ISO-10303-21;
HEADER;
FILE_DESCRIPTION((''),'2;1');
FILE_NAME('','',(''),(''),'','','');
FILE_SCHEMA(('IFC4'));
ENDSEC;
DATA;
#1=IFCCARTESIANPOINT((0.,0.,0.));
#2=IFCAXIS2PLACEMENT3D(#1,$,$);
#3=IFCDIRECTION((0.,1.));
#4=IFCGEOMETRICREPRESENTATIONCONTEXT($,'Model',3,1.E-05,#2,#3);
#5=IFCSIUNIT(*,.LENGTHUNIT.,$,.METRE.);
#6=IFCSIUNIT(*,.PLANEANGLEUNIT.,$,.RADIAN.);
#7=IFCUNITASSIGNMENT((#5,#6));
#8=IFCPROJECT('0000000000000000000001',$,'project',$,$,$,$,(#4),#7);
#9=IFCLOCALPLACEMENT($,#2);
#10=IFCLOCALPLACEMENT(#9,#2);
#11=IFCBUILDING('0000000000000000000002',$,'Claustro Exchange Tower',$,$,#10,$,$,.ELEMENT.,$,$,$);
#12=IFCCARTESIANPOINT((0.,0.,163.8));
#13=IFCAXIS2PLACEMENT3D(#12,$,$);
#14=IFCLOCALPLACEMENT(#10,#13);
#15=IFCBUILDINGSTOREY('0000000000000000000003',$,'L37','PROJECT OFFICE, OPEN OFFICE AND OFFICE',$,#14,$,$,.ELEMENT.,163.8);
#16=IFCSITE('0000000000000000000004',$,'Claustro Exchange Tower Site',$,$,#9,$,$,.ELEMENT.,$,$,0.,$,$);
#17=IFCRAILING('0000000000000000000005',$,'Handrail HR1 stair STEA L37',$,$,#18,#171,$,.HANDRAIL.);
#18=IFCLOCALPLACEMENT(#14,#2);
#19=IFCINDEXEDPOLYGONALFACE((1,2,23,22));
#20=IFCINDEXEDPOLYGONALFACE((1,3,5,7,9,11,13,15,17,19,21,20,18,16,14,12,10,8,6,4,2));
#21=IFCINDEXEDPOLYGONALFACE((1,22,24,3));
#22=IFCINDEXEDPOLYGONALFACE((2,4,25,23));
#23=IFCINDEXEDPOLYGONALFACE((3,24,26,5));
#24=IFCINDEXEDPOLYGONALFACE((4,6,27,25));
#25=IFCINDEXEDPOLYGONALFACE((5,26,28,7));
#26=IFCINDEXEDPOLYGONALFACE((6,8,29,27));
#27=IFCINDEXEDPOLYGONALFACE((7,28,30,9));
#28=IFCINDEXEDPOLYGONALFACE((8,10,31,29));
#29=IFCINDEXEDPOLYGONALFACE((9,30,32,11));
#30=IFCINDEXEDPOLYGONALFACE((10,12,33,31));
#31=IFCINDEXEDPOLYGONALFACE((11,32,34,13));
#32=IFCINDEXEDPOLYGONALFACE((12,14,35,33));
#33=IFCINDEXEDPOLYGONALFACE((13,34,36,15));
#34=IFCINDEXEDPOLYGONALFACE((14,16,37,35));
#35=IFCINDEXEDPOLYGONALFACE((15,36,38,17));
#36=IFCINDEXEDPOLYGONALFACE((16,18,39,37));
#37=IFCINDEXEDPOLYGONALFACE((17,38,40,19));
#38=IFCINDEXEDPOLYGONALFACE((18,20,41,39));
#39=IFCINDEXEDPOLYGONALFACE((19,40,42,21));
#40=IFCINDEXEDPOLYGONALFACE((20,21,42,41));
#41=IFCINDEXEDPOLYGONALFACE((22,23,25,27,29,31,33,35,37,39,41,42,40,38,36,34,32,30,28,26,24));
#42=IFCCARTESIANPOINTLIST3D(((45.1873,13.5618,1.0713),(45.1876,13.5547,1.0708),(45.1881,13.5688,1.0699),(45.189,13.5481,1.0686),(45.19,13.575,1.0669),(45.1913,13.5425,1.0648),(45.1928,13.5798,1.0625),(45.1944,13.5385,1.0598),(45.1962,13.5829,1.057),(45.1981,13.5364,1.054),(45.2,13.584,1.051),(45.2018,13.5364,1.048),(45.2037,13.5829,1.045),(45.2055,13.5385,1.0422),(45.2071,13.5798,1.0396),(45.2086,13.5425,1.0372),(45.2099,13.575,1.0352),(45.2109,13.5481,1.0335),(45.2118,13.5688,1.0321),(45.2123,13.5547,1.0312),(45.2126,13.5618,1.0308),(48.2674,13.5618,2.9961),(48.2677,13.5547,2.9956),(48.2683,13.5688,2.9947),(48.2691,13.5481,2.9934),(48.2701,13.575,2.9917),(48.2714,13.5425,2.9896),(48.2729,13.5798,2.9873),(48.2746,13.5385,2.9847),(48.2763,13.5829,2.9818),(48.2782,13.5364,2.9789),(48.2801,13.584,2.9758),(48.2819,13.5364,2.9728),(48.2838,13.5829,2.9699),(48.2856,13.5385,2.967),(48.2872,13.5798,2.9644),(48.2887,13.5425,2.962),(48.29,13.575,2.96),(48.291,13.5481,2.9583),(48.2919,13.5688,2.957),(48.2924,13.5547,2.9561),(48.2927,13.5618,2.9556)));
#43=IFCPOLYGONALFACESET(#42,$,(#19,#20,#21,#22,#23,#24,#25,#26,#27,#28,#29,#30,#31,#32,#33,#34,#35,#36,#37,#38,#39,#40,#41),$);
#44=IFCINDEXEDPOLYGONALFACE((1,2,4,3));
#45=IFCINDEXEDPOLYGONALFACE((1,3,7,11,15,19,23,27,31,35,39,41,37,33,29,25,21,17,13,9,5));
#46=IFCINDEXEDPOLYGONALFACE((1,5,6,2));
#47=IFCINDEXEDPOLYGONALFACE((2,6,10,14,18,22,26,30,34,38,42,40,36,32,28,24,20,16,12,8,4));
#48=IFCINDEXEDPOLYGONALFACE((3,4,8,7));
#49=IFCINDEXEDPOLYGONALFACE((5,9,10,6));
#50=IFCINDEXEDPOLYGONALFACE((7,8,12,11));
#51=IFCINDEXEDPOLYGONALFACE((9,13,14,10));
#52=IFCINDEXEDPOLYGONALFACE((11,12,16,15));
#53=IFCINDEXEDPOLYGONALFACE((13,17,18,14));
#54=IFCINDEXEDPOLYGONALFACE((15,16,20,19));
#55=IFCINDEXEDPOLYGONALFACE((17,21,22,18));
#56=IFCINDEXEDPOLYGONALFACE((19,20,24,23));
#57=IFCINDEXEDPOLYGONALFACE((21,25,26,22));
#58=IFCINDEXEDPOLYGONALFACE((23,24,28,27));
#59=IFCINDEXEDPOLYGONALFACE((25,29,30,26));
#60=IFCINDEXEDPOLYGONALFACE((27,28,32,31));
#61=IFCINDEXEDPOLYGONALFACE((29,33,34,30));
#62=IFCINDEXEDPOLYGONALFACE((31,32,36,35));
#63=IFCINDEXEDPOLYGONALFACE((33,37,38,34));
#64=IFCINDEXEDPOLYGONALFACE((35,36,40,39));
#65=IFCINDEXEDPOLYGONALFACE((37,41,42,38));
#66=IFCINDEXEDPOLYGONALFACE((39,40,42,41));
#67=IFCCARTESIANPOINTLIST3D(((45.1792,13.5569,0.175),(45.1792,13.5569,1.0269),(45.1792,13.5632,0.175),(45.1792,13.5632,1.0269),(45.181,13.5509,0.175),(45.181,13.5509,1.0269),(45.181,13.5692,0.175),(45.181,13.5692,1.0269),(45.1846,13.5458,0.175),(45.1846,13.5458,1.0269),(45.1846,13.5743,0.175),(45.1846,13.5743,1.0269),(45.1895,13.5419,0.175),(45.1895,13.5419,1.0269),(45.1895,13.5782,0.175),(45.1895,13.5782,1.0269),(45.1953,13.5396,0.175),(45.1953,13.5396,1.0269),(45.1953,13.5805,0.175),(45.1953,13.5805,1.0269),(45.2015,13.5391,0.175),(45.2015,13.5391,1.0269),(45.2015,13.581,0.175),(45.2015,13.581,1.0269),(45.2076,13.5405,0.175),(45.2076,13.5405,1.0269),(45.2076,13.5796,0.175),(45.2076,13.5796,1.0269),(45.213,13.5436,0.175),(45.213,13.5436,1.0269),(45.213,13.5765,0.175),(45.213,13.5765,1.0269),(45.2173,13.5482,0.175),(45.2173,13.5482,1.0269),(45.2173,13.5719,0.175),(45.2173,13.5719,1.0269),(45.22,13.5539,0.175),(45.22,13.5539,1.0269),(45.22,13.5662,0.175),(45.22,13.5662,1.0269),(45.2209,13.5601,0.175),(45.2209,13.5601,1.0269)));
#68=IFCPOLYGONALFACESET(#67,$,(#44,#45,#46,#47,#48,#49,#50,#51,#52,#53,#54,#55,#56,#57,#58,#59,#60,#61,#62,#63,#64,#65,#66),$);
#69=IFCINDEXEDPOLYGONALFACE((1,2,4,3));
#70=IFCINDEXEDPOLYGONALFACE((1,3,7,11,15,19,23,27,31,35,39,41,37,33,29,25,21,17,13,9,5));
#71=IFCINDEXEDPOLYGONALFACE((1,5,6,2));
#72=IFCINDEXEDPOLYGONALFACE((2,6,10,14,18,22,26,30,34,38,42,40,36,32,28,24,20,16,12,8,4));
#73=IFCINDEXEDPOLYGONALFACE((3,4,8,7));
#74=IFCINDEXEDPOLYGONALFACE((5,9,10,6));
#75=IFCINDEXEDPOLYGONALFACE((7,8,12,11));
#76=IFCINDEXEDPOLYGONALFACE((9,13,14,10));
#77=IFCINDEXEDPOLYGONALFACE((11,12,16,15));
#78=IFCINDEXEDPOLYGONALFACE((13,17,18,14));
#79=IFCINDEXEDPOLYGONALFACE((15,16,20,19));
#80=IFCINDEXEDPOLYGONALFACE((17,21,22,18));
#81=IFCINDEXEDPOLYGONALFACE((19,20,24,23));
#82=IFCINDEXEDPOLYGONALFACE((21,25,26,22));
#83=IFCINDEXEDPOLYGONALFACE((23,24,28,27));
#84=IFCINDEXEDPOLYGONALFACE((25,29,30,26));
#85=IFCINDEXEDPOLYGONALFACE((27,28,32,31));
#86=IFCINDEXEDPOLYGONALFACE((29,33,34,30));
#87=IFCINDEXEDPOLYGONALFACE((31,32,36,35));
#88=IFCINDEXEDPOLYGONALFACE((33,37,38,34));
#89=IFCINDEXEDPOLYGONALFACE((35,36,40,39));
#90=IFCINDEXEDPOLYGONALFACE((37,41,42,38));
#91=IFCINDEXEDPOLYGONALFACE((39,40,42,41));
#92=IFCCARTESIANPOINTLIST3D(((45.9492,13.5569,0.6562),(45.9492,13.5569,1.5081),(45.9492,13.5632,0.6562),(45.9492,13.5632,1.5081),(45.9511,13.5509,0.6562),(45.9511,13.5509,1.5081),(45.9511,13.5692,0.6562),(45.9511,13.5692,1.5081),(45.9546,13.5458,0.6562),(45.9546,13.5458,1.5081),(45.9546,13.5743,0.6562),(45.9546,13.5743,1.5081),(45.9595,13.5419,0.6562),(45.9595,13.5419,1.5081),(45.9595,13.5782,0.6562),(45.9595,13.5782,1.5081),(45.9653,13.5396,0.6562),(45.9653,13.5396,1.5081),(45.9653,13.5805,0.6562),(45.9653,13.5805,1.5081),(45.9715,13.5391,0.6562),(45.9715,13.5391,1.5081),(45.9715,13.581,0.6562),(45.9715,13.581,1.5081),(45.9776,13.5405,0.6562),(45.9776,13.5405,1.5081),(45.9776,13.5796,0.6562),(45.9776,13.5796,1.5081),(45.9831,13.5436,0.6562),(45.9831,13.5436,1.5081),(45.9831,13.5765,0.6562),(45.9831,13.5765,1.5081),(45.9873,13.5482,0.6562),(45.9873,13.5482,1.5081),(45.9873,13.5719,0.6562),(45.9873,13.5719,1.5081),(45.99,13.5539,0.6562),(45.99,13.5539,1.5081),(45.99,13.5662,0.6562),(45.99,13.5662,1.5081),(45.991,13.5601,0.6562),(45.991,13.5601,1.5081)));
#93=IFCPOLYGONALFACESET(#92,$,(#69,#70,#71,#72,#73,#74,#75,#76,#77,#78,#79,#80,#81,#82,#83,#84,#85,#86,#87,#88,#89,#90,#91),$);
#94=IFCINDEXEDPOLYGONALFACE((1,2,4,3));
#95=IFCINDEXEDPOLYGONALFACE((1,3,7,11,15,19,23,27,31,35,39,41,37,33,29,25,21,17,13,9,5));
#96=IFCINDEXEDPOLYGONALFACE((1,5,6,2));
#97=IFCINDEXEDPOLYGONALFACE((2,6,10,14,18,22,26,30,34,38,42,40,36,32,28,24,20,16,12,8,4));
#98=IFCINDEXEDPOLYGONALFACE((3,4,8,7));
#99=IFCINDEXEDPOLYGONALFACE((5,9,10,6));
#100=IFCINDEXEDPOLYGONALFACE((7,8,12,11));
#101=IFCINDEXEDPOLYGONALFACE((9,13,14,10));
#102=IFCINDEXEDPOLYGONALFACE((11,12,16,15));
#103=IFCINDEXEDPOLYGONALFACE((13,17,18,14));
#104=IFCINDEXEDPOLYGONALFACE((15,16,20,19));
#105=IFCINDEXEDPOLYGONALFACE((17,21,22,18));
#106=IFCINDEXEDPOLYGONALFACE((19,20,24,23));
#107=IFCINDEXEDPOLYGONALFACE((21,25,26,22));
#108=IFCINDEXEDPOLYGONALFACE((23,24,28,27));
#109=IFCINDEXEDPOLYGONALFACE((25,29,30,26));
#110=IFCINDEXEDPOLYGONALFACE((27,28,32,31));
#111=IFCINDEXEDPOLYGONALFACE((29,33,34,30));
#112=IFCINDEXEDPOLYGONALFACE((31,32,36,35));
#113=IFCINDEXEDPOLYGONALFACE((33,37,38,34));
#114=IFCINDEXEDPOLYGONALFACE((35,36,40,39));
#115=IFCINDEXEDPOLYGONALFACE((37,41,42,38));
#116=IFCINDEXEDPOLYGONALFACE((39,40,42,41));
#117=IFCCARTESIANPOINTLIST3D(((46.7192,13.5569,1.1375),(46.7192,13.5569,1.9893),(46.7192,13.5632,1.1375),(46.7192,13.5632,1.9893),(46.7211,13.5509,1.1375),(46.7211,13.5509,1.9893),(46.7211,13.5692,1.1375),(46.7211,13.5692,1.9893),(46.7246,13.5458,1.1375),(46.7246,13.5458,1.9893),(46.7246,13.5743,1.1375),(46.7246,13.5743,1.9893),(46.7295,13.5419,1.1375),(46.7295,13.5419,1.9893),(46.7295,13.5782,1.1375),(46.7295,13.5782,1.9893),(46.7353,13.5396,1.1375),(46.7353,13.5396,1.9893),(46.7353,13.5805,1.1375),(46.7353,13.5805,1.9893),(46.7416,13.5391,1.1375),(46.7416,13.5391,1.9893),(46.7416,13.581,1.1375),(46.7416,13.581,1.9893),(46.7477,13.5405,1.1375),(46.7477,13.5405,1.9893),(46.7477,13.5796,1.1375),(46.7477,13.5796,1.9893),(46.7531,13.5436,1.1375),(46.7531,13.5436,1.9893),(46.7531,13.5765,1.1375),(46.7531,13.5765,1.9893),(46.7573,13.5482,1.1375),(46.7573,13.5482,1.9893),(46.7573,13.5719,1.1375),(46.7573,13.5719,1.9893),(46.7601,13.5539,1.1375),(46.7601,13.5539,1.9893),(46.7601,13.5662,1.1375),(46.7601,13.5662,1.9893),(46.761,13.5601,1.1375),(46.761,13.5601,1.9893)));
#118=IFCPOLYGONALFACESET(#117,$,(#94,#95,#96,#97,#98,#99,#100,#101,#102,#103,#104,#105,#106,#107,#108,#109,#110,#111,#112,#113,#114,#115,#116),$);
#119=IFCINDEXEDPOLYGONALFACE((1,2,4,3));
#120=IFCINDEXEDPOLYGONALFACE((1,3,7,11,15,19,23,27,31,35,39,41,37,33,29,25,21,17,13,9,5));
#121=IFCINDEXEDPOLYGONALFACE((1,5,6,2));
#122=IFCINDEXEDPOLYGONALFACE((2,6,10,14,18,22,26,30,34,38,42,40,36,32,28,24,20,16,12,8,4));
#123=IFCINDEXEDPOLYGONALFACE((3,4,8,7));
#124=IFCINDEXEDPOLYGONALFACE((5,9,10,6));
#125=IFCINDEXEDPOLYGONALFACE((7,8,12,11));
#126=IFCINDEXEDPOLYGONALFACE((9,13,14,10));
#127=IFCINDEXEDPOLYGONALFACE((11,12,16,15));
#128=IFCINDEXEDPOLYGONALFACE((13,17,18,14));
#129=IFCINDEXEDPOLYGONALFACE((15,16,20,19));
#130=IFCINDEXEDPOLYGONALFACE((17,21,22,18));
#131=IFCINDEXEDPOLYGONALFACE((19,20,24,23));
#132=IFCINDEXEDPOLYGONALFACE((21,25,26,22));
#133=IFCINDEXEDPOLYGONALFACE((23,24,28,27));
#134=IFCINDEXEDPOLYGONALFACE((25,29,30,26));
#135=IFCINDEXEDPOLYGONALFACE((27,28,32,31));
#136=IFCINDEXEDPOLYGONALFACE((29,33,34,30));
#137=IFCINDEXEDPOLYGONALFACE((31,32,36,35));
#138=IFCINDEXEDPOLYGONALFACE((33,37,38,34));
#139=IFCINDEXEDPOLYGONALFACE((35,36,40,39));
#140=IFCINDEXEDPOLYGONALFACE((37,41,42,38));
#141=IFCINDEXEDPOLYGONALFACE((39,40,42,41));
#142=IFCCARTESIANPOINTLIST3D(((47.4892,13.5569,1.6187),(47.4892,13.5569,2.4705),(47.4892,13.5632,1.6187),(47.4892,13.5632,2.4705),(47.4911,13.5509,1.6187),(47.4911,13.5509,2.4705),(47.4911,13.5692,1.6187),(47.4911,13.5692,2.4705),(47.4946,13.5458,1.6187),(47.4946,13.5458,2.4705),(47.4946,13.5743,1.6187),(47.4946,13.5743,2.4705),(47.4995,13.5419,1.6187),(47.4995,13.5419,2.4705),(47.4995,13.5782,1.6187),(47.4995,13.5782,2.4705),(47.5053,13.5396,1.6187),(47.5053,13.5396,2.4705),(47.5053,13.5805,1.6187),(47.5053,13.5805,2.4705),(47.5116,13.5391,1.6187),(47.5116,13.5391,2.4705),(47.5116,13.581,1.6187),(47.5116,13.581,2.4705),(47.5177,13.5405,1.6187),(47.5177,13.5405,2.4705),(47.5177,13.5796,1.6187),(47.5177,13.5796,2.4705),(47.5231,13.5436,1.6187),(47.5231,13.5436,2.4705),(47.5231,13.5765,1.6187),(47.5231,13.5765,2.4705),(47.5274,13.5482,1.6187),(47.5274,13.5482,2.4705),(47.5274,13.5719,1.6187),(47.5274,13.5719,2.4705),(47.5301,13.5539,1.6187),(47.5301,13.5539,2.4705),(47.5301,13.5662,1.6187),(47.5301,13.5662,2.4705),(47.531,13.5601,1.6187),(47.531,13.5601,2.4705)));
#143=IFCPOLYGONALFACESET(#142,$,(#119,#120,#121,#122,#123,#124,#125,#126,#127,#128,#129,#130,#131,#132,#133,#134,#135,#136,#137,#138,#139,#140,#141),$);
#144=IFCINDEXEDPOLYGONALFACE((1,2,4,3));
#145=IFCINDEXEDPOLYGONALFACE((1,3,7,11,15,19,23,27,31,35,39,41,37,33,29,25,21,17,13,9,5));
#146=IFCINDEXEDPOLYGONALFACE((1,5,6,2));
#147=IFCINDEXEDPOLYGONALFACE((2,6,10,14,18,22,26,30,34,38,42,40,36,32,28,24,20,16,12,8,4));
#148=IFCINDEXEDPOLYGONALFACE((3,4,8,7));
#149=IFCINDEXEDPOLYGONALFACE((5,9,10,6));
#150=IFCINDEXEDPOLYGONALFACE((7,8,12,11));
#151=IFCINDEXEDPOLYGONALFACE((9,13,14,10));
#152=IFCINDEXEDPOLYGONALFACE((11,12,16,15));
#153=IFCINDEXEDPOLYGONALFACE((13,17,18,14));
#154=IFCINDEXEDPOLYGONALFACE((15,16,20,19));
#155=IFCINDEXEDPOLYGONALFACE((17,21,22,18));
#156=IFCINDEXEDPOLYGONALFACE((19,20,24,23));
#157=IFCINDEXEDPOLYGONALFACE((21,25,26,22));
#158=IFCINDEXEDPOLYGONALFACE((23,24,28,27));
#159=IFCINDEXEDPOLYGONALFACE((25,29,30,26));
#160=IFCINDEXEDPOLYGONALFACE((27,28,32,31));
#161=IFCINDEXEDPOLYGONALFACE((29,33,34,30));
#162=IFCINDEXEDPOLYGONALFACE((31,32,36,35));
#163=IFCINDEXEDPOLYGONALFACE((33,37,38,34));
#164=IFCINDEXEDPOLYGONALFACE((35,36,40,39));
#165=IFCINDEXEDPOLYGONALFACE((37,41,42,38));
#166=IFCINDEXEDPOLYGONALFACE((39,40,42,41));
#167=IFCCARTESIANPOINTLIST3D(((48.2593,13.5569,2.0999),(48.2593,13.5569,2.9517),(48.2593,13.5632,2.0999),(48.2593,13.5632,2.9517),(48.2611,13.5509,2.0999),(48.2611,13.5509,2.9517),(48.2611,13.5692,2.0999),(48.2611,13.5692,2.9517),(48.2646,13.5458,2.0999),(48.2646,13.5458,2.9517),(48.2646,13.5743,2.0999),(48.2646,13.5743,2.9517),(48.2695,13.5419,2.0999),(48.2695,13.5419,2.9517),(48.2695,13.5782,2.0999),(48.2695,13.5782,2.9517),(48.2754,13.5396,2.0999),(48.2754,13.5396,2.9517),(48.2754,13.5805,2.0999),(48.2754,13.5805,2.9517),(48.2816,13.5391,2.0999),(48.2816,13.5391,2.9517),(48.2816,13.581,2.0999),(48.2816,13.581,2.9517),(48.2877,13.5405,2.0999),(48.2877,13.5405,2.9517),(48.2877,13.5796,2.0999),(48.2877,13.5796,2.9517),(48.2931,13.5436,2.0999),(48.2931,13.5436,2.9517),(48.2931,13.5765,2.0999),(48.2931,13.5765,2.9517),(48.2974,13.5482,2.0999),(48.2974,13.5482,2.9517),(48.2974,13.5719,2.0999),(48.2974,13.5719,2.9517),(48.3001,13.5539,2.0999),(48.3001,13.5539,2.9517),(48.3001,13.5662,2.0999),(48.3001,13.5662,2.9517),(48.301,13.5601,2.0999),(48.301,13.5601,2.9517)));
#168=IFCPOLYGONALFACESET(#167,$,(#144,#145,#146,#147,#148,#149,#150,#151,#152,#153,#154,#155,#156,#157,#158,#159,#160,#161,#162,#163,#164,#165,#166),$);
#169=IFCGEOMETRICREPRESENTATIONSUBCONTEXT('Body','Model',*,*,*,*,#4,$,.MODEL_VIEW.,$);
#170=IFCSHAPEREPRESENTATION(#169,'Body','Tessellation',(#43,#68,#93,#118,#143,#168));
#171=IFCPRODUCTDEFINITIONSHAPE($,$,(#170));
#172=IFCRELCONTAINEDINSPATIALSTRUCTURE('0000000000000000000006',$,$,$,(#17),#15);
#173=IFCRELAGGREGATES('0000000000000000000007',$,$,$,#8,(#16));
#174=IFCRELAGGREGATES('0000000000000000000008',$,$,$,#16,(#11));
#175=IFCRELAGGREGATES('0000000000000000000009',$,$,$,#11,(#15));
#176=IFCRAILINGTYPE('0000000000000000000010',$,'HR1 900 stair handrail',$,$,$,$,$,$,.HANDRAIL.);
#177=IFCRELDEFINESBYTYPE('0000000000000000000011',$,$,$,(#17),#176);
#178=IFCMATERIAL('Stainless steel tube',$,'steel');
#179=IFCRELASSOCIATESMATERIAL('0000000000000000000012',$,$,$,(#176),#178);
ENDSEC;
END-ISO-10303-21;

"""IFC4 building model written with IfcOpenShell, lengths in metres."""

from ifc_helpers import new_model, si_unit, direction, frame, origin, origin_2d, place, context, subcontext, project, spatial, circle, extrude, material, type_object, element, save


model = new_model("IFC4")

# Units and contexts
model_context = context("Model", 3, precision=1e-05, world=origin(), true_north=direction((0.0, 1.0)))
body_context = subcontext(model_context, "Body", "Model", "MODEL_VIEW")
ifc_project = project(units=[si_unit("LENGTHUNIT", "METRE"), si_unit("PLANEANGLEUNIT", "RADIAN")], contexts=[model_context])

# Site, building, storey
site_placement = place(None, origin())
site = spatial("IfcSite", under=ifc_project, at=site_placement, Name="Claustro Exchange Tower Site", CompositionType="ELEMENT", RefElevation=0.0)
building_placement = place(site_placement, origin())
building = spatial("IfcBuilding", under=site, at=building_placement, Name="Claustro Exchange Tower", CompositionType="ELEMENT")
storey_placement = place(building_placement, frame((0.0, 0.0, 163.8)))
storey = spatial("IfcBuildingStorey", under=building, at=storey_placement, Name="L37", Description="PROJECT OFFICE, OPEN OFFICE AND OFFICE", CompositionType="ELEMENT", Elevation=163.8)

# Railing
ifc_material_1 = material(Name="Stainless steel tube", Category="steel")
railing_type_1 = type_object("IfcRailingType", Name="HR1 900 stair handrail", PredefinedType="HANDRAIL", material=ifc_material_1)
railing_1_placement = place(storey_placement, frame((45.2, 13.5601, 0.175)))
element("IfcRailing", 1, at=railing_1_placement, inside=storey, type_object=railing_type_1, Name="Handrail HR1 stair STEA L37", PredefinedType="HANDRAIL", context=body_context, shape_type="SweptSolid", body=[
    extrude(circle(Radius=0.0239, at=origin_2d()), frame((0.0, 0.0, 0.876), z_axis=(0.848029, 0.0, 0.529951), x_axis=(0.0, 1.0, 0.0)), (0.0, 0.0, 1.0), 3.6321),
    extrude(circle(Radius=0.021, at=origin_2d()), origin(), (0.0, 0.0, 1.0), 0.8518),
    extrude(circle(Radius=0.021, at=origin_2d()), frame((0.77, 0.0, 0.4812)), (0.0, 0.0, 1.0), 0.8518),
    extrude(circle(Radius=0.021, at=origin_2d()), frame((1.54, 0.0, 0.9624)), (0.0, 0.0, 1.0), 0.8518),
    extrude(circle(Radius=0.021, at=origin_2d()), frame((2.3101, 0.0, 1.4436)), (0.0, 0.0, 1.0), 0.8518),
    extrude(circle(Radius=0.021, at=origin_2d()), frame((3.0801, 0.0, 1.9248)), (0.0, 0.0, 1.0), 0.8518),
])

save(model, "model.ifc")
